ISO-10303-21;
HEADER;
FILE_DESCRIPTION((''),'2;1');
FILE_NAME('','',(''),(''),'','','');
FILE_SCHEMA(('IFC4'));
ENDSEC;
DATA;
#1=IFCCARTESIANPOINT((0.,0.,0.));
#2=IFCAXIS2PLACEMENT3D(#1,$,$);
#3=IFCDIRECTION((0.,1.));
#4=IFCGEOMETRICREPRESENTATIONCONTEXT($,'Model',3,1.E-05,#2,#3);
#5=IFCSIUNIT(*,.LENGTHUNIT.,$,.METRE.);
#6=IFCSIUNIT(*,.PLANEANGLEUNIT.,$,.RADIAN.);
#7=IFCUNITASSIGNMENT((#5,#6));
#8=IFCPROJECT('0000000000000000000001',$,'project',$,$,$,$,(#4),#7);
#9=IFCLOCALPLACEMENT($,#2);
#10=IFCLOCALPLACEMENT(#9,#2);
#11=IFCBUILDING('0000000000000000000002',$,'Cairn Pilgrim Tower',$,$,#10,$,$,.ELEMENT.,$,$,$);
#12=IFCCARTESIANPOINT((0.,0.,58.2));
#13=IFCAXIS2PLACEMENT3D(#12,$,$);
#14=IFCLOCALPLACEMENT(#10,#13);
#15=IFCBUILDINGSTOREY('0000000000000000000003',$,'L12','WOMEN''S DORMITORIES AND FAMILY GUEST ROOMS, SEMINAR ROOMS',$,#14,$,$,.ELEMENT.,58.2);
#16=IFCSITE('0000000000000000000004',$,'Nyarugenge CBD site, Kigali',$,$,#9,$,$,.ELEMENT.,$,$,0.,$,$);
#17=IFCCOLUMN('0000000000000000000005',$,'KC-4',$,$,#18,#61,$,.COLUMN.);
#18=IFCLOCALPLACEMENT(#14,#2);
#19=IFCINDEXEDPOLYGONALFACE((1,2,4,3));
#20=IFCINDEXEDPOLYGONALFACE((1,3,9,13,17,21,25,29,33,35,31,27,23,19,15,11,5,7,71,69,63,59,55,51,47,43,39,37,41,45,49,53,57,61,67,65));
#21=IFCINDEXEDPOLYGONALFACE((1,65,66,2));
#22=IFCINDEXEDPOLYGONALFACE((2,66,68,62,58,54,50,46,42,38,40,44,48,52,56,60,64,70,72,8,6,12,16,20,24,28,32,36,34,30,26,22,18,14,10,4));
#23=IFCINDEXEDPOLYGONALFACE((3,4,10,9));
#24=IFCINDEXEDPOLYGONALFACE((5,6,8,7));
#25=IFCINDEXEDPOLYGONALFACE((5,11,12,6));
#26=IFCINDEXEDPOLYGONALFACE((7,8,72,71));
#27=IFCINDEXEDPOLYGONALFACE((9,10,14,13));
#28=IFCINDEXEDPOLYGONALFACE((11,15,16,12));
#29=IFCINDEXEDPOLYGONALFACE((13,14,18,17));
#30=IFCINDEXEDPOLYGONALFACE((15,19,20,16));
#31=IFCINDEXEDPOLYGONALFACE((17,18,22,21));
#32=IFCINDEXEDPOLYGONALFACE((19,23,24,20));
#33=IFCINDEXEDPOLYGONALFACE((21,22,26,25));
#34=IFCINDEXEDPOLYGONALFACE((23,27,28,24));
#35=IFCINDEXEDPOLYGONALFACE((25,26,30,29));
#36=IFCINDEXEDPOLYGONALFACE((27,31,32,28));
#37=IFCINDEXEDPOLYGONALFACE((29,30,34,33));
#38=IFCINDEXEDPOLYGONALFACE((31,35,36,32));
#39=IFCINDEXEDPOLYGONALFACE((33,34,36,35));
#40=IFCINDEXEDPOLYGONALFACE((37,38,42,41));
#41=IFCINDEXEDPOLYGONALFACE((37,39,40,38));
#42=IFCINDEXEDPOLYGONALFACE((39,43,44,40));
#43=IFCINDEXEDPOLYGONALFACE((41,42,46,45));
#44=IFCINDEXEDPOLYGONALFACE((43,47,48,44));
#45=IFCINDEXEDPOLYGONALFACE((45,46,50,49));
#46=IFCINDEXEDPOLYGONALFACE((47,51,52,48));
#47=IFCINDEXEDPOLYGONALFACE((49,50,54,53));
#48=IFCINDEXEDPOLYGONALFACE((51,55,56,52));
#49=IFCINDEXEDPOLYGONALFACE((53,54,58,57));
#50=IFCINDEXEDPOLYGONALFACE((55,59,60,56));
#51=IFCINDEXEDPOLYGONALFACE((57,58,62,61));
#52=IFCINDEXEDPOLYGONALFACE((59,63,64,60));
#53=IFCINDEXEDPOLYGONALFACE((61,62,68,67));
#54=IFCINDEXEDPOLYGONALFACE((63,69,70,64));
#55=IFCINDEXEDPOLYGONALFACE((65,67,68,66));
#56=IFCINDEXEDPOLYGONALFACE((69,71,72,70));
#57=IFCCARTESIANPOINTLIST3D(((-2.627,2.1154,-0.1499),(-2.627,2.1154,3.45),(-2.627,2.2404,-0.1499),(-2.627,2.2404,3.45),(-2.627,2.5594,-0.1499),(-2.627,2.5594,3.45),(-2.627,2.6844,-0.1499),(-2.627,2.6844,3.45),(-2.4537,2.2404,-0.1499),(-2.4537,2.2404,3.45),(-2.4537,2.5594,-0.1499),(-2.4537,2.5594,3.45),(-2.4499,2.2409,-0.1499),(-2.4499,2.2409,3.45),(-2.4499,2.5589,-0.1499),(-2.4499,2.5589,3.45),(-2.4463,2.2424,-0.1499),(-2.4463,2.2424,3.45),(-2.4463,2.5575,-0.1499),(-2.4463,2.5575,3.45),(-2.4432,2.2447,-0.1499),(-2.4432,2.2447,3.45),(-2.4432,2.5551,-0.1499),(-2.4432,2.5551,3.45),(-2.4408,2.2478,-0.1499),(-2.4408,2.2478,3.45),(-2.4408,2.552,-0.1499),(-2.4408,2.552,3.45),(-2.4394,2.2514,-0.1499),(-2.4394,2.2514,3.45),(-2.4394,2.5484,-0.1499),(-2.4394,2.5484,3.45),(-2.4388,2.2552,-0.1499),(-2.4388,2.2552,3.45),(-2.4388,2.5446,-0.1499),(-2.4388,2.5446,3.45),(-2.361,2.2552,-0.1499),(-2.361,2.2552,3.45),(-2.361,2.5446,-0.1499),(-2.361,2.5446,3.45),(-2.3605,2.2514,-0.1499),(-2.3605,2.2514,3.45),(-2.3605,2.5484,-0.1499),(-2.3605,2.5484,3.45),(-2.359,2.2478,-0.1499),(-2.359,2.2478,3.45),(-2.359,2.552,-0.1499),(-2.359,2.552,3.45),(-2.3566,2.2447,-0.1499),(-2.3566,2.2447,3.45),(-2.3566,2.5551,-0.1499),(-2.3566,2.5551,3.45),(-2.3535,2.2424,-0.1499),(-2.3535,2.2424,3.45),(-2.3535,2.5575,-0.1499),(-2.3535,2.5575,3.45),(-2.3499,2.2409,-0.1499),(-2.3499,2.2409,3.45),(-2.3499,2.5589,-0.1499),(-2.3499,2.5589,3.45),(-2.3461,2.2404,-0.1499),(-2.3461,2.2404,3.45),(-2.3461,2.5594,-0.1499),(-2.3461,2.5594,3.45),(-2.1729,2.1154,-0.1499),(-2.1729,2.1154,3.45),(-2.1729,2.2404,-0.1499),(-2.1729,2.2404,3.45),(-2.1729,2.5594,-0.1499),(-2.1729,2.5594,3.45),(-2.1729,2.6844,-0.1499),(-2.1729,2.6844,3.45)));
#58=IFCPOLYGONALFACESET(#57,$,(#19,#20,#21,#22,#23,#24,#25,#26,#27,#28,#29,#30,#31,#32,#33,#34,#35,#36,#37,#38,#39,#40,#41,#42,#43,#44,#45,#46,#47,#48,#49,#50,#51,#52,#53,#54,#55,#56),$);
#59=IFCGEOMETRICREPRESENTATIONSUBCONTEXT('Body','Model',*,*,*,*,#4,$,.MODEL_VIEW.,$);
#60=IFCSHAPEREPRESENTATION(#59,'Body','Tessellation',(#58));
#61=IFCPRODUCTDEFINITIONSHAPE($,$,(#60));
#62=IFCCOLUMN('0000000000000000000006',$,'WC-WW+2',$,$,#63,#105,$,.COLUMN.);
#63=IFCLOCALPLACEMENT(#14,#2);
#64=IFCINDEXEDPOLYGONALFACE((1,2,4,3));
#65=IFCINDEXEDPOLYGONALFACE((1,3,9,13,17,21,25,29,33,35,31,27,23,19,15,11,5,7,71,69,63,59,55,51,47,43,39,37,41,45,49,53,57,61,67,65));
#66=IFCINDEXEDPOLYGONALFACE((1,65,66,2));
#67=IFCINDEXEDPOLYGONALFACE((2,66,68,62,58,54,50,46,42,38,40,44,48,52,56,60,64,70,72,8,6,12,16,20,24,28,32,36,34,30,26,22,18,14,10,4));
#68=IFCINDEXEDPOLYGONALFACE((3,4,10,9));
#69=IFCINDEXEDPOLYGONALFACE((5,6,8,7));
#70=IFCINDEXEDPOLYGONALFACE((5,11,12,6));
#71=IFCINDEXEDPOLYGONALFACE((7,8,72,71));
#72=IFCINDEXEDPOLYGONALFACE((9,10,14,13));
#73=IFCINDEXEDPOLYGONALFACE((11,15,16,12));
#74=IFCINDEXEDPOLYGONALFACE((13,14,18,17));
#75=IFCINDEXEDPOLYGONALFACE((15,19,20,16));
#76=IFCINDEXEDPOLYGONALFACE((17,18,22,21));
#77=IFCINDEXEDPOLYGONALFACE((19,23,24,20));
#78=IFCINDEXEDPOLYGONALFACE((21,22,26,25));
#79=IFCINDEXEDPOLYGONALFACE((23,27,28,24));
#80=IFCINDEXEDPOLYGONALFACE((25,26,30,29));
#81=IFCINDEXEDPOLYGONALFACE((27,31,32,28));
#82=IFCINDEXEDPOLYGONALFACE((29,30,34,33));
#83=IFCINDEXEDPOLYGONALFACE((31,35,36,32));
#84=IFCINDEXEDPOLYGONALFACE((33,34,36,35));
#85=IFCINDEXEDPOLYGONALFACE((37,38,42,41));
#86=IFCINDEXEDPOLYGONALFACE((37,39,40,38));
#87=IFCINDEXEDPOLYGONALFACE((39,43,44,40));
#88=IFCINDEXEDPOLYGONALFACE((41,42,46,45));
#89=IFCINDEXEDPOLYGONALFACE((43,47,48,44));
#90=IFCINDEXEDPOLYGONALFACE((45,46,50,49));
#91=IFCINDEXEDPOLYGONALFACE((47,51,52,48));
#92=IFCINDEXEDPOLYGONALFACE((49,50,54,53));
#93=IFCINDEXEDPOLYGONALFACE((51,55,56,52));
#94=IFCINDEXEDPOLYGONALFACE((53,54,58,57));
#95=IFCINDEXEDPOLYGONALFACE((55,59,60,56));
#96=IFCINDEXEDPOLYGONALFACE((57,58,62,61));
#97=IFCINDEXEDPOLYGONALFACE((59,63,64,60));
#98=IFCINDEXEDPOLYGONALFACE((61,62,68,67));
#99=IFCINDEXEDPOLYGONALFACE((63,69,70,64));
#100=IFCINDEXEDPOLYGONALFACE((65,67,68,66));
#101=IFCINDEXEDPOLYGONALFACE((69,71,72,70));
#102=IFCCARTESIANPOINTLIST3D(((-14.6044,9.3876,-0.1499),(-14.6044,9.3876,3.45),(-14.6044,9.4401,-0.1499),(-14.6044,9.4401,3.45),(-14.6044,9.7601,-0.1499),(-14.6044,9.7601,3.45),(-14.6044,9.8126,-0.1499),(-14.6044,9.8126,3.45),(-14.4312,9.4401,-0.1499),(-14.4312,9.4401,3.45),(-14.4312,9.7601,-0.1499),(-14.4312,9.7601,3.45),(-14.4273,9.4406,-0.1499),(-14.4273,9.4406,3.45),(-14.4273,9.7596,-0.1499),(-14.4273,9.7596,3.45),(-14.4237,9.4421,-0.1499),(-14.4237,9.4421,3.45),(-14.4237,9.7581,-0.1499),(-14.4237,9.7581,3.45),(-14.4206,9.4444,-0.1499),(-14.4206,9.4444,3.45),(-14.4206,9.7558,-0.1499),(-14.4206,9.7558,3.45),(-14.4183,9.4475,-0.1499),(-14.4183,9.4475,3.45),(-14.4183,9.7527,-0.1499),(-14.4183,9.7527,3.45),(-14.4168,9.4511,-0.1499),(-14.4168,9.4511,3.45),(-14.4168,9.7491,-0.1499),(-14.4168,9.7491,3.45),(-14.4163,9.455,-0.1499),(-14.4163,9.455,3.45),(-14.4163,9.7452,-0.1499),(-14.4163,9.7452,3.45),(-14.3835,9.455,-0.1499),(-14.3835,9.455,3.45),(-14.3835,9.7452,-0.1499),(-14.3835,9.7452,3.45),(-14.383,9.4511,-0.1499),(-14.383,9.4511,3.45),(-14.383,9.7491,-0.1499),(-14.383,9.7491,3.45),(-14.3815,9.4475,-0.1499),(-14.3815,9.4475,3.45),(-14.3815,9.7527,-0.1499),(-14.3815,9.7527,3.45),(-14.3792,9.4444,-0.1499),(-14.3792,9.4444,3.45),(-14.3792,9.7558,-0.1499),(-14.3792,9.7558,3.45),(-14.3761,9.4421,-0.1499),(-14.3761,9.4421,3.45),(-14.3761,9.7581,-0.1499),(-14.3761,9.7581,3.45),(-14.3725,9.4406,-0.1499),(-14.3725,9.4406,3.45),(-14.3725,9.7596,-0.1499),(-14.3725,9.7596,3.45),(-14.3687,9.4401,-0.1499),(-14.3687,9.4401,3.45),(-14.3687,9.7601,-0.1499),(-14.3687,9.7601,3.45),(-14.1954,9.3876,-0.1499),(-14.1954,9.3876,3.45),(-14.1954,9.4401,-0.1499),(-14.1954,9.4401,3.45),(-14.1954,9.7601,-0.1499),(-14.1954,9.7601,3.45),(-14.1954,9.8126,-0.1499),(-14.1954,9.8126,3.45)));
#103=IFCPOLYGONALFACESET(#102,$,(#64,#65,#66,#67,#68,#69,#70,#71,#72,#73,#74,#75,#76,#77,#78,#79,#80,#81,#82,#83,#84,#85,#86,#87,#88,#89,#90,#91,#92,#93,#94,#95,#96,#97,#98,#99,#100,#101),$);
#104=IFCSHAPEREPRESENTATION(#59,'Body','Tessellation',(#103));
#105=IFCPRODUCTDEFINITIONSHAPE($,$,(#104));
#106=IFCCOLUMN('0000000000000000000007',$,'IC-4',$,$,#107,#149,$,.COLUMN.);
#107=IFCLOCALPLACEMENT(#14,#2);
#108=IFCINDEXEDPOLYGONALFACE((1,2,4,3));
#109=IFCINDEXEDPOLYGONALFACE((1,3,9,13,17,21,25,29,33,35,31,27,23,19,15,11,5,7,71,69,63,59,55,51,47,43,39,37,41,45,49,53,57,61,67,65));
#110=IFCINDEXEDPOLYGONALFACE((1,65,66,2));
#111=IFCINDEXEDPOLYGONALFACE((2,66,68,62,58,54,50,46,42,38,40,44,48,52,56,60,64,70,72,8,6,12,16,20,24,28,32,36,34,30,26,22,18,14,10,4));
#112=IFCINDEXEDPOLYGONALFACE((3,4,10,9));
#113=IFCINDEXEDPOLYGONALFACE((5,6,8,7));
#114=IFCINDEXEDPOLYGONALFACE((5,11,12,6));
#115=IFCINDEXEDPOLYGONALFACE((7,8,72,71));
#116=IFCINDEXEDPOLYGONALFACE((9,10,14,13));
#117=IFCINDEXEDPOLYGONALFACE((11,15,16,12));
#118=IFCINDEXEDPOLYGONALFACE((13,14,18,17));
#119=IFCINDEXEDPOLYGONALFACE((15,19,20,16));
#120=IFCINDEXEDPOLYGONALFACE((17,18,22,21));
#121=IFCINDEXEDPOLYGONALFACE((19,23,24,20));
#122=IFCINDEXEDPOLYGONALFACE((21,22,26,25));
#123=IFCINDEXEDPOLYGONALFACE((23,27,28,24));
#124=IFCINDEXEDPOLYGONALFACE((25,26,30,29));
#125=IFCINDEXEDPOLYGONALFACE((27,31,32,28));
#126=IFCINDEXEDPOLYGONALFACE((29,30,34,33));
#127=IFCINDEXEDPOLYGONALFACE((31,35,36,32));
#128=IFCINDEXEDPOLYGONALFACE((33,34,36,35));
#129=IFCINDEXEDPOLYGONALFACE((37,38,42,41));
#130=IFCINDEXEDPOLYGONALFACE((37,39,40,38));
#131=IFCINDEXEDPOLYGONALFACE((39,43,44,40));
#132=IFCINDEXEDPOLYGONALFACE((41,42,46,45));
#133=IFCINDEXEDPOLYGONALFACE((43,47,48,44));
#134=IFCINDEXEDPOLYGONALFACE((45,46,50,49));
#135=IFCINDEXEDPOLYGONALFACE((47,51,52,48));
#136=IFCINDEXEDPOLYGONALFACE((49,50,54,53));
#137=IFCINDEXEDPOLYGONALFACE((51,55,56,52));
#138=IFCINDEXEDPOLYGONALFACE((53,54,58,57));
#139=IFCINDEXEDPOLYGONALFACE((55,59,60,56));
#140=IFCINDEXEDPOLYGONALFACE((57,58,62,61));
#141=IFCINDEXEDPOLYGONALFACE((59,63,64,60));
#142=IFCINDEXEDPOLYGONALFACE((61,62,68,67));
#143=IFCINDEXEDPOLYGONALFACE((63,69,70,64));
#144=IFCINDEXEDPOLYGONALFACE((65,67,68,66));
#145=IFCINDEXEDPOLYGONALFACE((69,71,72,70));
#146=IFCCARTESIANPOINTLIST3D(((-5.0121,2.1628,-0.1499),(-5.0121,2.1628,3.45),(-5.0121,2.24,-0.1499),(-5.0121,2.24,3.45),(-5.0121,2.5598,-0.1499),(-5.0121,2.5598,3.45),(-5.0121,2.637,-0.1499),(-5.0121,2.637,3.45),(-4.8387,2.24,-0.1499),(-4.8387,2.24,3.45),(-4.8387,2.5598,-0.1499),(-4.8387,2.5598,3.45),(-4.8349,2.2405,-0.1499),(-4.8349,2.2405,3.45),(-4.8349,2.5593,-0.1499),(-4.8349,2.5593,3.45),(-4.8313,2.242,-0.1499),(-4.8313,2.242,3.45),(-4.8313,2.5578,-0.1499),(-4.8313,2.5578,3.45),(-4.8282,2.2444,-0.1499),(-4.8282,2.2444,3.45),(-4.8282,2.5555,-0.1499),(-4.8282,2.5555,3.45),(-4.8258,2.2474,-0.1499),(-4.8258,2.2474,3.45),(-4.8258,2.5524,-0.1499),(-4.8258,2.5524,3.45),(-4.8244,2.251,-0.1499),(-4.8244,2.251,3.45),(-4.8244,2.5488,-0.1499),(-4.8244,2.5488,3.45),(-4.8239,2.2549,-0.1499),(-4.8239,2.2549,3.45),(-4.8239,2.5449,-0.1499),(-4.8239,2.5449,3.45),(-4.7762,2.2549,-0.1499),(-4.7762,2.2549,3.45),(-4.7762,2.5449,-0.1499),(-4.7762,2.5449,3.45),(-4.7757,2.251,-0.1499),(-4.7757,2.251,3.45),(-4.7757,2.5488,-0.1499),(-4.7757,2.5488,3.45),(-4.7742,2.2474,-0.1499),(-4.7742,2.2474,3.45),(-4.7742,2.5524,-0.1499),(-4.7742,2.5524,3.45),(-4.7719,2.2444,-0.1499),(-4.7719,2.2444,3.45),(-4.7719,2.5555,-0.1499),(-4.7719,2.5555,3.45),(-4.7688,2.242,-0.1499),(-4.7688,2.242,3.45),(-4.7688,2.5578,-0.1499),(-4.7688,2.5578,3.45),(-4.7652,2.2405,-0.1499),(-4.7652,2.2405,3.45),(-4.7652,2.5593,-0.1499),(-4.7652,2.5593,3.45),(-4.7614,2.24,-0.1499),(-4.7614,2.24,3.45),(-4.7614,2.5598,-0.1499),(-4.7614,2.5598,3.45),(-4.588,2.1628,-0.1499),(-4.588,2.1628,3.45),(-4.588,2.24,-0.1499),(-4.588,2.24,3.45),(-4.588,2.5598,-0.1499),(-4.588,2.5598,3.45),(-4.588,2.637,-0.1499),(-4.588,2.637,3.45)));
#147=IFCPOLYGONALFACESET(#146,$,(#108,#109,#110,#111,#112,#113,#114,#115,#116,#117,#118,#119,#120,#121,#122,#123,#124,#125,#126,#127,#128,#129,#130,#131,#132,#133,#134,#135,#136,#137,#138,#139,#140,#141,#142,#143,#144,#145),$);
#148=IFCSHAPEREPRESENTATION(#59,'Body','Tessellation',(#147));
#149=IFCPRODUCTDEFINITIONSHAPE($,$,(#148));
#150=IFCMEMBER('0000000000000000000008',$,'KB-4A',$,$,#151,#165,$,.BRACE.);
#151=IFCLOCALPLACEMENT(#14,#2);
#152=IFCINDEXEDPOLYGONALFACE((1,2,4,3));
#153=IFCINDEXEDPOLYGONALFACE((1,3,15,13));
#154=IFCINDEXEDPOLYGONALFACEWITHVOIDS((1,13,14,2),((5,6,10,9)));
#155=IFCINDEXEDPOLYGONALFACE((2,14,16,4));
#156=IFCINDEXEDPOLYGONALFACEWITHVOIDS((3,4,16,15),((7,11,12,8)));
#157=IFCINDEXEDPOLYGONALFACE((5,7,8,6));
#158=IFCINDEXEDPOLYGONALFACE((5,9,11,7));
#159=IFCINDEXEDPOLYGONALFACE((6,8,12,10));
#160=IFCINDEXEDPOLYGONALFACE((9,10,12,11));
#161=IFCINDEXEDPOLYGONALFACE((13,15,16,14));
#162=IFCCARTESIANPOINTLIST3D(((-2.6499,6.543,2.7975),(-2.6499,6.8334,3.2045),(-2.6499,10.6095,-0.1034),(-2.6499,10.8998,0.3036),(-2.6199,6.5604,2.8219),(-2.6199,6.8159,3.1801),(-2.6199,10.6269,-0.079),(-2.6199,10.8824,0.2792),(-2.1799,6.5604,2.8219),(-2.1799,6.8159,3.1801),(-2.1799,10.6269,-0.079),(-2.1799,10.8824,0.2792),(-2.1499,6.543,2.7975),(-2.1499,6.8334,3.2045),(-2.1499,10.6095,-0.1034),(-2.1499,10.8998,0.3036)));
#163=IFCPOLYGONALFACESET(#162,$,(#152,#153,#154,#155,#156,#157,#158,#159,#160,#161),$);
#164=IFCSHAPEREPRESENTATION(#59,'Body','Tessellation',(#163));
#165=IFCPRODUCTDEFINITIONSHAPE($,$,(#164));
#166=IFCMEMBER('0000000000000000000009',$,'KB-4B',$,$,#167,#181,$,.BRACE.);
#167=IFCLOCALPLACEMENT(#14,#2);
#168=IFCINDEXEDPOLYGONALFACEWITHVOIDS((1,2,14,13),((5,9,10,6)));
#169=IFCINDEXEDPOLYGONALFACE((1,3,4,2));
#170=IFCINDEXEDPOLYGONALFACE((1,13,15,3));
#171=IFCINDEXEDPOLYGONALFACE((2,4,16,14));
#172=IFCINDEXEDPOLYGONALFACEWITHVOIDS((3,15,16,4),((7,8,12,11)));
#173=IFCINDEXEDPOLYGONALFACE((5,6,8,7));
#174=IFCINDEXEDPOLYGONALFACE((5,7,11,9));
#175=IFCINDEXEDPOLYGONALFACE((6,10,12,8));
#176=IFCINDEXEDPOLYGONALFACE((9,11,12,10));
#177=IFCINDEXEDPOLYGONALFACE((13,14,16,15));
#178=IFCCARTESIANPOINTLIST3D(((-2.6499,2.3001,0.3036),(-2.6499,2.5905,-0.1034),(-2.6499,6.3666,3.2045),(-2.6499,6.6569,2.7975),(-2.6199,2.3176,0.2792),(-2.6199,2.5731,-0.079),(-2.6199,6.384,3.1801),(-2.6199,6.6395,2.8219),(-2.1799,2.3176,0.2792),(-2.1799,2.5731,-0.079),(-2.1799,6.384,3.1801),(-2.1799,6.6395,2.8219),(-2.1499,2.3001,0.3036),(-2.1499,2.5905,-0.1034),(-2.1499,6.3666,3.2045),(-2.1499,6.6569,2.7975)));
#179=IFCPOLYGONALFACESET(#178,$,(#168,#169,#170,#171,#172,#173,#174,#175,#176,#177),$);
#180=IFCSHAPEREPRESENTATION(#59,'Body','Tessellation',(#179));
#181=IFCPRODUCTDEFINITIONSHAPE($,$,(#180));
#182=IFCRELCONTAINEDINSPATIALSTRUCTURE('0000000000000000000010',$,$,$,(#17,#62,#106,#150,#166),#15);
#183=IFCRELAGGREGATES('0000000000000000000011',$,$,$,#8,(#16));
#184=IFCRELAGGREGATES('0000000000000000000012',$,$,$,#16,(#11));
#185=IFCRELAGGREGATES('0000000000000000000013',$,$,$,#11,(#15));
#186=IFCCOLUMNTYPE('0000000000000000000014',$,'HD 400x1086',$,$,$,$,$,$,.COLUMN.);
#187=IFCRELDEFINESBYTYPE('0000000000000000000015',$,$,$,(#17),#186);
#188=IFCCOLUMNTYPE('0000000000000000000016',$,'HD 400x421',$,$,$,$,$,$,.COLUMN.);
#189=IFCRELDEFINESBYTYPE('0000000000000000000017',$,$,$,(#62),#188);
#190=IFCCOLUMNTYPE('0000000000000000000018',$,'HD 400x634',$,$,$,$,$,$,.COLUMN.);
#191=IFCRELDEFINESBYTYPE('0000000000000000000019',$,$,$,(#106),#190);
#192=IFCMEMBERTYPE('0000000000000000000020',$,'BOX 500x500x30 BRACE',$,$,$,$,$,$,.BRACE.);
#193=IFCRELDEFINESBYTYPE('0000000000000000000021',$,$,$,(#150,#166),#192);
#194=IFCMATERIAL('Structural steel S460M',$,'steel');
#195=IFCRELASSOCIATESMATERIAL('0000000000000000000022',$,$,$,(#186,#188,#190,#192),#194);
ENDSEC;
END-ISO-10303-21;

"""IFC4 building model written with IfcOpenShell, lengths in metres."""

from ifc_helpers import new_model, si_unit, direction, frame, origin, origin_2d, place, context, subcontext, project, spatial, hollow_rectangle, i_section, extrude, material, material_profile, profile_set, type_object, element, save


model = new_model("IFC4")

# Units and contexts
model_context = context("Model", 3, precision=1e-05, world=origin(), true_north=direction((0.0, 1.0)))
body_context = subcontext(model_context, "Body", "Model", "MODEL_VIEW")
ifc_project = project(units=[si_unit("LENGTHUNIT", "METRE"), si_unit("PLANEANGLEUNIT", "RADIAN")], contexts=[model_context])

# Site, building, storey
site_placement = place(None, origin())
site = spatial("IfcSite", under=ifc_project, at=site_placement, Name="Nyarugenge CBD site, Kigali", CompositionType="ELEMENT", RefElevation=0.0)
building_placement = place(site_placement, origin())
building = spatial("IfcBuilding", under=site, at=building_placement, Name="Cairn Pilgrim Tower", CompositionType="ELEMENT")
storey_placement = place(building_placement, frame((0.0, 0.0, 58.2)))
storey = spatial("IfcBuildingStorey", under=building, at=storey_placement, Name="L12", Description="WOMEN'S DORMITORIES AND FAMILY GUEST ROOMS, SEMINAR ROOMS", CompositionType="ELEMENT", Elevation=58.2)

# Columns
ifc_material_1 = material(Name="Structural steel S460M", Category="steel")
ifc_material_profile_1 = material_profile(ifc_material_1, i_section(OverallWidth=0.4541, OverallDepth=0.5691, WebThickness=0.0779, FlangeThickness=0.125, FilletRadius=0.0149, at=origin_2d()), Name="HD 400x1086")
ifc_profile_set_1 = profile_set([ifc_material_profile_1], Name="Structural steel S460M")
column_type_1 = type_object("IfcColumnType", Name="HD 400x1086", PredefinedType="COLUMN", material=ifc_profile_set_1)
column_1_placement = place(storey_placement, frame((-2.3999, 2.3999, -0.1499), z_axis=(0.0, 0.0, 1.0), x_axis=(1.0, 0.0, 0.0)))
element("IfcColumn", 1, at=column_1_placement, inside=storey, type_object=column_type_1, Name="KC-4", PredefinedType="COLUMN", context=body_context, shape_type="SweptSolid", body=[
    extrude(i_section(OverallWidth=0.4541, OverallDepth=0.5691, WebThickness=0.0779, FlangeThickness=0.125, FilletRadius=0.0149, at=origin_2d()), origin(), (0.0, 0.0, 1.0), 3.5999),
])
ifc_material_profile_2 = material_profile(ifc_material_1, i_section(OverallWidth=0.4089, OverallDepth=0.425, WebThickness=0.0327, FlangeThickness=0.0525, FilletRadius=0.0149, at=origin_2d()), Name="HD 400x421")
ifc_profile_set_2 = profile_set([ifc_material_profile_2], Name="Structural steel S460M")
column_type_2 = type_object("IfcColumnType", Name="HD 400x421", PredefinedType="COLUMN", material=ifc_profile_set_2)
column_2_placement = place(storey_placement, frame((-14.3999, 9.6001, -0.1499), z_axis=(0.0, 0.0, 1.0), x_axis=(1.0, 0.0, 0.0)))
element("IfcColumn", 2, at=column_2_placement, inside=storey, type_object=column_type_2, Name="WC-WW+2", PredefinedType="COLUMN", context=body_context, shape_type="SweptSolid", body=[
    extrude(i_section(OverallWidth=0.4089, OverallDepth=0.425, WebThickness=0.0327, FlangeThickness=0.0525, FilletRadius=0.0149, at=origin_2d()), origin(), (0.0, 0.0, 1.0), 3.5999),
])
ifc_material_profile_3 = material_profile(ifc_material_1, i_section(OverallWidth=0.4241, OverallDepth=0.4741, WebThickness=0.0476, FlangeThickness=0.0771, FilletRadius=0.0149, at=origin_2d()), Name="HD 400x634")
ifc_profile_set_3 = profile_set([ifc_material_profile_3], Name="Structural steel S460M")
column_type_3 = type_object("IfcColumnType", Name="HD 400x634", PredefinedType="COLUMN", material=ifc_profile_set_3)
column_3_placement = place(storey_placement, frame((-4.8, 2.3999, -0.1499), z_axis=(0.0, 0.0, 1.0), x_axis=(1.0, 0.0, 0.0)))
element("IfcColumn", 3, at=column_3_placement, inside=storey, type_object=column_type_3, Name="IC-4", PredefinedType="COLUMN", context=body_context, shape_type="SweptSolid", body=[
    extrude(i_section(OverallWidth=0.4241, OverallDepth=0.4741, WebThickness=0.0476, FlangeThickness=0.0771, FilletRadius=0.0149, at=origin_2d()), origin(), (0.0, 0.0, 1.0), 3.5999),
])

# Members
ifc_material_profile_4 = material_profile(ifc_material_1, hollow_rectangle(XDim=0.5, YDim=0.5, WallThickness=0.03, at=origin_2d()), Name="BOX 500x500x30")
ifc_profile_set_4 = profile_set([ifc_material_profile_4], Name="Structural steel S460M")
member_type = type_object("IfcMemberType", Name="BOX 500x500x30 BRACE", PredefinedType="BRACE", material=ifc_profile_set_4)
for number, where, z_axis, x_axis, name in (
    (4, (-2.3999, 10.7546, 0.1001), (0.0, -0.814083, 0.580748), (1.0, 0.0, 0.0), "KB-4A"),
    (5, (-2.3999, 2.4453, 0.1001), (0.0, 0.814083, 0.580748), (-1.0, 0.0, 0.0), "KB-4B"),
):
    element("IfcMember", number, at=place(storey_placement, frame(where, z_axis=z_axis, x_axis=x_axis)), inside=storey, type_object=member_type, Name=name, PredefinedType="BRACE", context=body_context, shape_type="SweptSolid", body=[
        extrude(hollow_rectangle(XDim=0.5, YDim=0.5, WallThickness=0.03, at=origin_2d()), origin(), (0.0, 0.0, 1.0), 4.9951),
    ])

save(model, "model.ifc")
